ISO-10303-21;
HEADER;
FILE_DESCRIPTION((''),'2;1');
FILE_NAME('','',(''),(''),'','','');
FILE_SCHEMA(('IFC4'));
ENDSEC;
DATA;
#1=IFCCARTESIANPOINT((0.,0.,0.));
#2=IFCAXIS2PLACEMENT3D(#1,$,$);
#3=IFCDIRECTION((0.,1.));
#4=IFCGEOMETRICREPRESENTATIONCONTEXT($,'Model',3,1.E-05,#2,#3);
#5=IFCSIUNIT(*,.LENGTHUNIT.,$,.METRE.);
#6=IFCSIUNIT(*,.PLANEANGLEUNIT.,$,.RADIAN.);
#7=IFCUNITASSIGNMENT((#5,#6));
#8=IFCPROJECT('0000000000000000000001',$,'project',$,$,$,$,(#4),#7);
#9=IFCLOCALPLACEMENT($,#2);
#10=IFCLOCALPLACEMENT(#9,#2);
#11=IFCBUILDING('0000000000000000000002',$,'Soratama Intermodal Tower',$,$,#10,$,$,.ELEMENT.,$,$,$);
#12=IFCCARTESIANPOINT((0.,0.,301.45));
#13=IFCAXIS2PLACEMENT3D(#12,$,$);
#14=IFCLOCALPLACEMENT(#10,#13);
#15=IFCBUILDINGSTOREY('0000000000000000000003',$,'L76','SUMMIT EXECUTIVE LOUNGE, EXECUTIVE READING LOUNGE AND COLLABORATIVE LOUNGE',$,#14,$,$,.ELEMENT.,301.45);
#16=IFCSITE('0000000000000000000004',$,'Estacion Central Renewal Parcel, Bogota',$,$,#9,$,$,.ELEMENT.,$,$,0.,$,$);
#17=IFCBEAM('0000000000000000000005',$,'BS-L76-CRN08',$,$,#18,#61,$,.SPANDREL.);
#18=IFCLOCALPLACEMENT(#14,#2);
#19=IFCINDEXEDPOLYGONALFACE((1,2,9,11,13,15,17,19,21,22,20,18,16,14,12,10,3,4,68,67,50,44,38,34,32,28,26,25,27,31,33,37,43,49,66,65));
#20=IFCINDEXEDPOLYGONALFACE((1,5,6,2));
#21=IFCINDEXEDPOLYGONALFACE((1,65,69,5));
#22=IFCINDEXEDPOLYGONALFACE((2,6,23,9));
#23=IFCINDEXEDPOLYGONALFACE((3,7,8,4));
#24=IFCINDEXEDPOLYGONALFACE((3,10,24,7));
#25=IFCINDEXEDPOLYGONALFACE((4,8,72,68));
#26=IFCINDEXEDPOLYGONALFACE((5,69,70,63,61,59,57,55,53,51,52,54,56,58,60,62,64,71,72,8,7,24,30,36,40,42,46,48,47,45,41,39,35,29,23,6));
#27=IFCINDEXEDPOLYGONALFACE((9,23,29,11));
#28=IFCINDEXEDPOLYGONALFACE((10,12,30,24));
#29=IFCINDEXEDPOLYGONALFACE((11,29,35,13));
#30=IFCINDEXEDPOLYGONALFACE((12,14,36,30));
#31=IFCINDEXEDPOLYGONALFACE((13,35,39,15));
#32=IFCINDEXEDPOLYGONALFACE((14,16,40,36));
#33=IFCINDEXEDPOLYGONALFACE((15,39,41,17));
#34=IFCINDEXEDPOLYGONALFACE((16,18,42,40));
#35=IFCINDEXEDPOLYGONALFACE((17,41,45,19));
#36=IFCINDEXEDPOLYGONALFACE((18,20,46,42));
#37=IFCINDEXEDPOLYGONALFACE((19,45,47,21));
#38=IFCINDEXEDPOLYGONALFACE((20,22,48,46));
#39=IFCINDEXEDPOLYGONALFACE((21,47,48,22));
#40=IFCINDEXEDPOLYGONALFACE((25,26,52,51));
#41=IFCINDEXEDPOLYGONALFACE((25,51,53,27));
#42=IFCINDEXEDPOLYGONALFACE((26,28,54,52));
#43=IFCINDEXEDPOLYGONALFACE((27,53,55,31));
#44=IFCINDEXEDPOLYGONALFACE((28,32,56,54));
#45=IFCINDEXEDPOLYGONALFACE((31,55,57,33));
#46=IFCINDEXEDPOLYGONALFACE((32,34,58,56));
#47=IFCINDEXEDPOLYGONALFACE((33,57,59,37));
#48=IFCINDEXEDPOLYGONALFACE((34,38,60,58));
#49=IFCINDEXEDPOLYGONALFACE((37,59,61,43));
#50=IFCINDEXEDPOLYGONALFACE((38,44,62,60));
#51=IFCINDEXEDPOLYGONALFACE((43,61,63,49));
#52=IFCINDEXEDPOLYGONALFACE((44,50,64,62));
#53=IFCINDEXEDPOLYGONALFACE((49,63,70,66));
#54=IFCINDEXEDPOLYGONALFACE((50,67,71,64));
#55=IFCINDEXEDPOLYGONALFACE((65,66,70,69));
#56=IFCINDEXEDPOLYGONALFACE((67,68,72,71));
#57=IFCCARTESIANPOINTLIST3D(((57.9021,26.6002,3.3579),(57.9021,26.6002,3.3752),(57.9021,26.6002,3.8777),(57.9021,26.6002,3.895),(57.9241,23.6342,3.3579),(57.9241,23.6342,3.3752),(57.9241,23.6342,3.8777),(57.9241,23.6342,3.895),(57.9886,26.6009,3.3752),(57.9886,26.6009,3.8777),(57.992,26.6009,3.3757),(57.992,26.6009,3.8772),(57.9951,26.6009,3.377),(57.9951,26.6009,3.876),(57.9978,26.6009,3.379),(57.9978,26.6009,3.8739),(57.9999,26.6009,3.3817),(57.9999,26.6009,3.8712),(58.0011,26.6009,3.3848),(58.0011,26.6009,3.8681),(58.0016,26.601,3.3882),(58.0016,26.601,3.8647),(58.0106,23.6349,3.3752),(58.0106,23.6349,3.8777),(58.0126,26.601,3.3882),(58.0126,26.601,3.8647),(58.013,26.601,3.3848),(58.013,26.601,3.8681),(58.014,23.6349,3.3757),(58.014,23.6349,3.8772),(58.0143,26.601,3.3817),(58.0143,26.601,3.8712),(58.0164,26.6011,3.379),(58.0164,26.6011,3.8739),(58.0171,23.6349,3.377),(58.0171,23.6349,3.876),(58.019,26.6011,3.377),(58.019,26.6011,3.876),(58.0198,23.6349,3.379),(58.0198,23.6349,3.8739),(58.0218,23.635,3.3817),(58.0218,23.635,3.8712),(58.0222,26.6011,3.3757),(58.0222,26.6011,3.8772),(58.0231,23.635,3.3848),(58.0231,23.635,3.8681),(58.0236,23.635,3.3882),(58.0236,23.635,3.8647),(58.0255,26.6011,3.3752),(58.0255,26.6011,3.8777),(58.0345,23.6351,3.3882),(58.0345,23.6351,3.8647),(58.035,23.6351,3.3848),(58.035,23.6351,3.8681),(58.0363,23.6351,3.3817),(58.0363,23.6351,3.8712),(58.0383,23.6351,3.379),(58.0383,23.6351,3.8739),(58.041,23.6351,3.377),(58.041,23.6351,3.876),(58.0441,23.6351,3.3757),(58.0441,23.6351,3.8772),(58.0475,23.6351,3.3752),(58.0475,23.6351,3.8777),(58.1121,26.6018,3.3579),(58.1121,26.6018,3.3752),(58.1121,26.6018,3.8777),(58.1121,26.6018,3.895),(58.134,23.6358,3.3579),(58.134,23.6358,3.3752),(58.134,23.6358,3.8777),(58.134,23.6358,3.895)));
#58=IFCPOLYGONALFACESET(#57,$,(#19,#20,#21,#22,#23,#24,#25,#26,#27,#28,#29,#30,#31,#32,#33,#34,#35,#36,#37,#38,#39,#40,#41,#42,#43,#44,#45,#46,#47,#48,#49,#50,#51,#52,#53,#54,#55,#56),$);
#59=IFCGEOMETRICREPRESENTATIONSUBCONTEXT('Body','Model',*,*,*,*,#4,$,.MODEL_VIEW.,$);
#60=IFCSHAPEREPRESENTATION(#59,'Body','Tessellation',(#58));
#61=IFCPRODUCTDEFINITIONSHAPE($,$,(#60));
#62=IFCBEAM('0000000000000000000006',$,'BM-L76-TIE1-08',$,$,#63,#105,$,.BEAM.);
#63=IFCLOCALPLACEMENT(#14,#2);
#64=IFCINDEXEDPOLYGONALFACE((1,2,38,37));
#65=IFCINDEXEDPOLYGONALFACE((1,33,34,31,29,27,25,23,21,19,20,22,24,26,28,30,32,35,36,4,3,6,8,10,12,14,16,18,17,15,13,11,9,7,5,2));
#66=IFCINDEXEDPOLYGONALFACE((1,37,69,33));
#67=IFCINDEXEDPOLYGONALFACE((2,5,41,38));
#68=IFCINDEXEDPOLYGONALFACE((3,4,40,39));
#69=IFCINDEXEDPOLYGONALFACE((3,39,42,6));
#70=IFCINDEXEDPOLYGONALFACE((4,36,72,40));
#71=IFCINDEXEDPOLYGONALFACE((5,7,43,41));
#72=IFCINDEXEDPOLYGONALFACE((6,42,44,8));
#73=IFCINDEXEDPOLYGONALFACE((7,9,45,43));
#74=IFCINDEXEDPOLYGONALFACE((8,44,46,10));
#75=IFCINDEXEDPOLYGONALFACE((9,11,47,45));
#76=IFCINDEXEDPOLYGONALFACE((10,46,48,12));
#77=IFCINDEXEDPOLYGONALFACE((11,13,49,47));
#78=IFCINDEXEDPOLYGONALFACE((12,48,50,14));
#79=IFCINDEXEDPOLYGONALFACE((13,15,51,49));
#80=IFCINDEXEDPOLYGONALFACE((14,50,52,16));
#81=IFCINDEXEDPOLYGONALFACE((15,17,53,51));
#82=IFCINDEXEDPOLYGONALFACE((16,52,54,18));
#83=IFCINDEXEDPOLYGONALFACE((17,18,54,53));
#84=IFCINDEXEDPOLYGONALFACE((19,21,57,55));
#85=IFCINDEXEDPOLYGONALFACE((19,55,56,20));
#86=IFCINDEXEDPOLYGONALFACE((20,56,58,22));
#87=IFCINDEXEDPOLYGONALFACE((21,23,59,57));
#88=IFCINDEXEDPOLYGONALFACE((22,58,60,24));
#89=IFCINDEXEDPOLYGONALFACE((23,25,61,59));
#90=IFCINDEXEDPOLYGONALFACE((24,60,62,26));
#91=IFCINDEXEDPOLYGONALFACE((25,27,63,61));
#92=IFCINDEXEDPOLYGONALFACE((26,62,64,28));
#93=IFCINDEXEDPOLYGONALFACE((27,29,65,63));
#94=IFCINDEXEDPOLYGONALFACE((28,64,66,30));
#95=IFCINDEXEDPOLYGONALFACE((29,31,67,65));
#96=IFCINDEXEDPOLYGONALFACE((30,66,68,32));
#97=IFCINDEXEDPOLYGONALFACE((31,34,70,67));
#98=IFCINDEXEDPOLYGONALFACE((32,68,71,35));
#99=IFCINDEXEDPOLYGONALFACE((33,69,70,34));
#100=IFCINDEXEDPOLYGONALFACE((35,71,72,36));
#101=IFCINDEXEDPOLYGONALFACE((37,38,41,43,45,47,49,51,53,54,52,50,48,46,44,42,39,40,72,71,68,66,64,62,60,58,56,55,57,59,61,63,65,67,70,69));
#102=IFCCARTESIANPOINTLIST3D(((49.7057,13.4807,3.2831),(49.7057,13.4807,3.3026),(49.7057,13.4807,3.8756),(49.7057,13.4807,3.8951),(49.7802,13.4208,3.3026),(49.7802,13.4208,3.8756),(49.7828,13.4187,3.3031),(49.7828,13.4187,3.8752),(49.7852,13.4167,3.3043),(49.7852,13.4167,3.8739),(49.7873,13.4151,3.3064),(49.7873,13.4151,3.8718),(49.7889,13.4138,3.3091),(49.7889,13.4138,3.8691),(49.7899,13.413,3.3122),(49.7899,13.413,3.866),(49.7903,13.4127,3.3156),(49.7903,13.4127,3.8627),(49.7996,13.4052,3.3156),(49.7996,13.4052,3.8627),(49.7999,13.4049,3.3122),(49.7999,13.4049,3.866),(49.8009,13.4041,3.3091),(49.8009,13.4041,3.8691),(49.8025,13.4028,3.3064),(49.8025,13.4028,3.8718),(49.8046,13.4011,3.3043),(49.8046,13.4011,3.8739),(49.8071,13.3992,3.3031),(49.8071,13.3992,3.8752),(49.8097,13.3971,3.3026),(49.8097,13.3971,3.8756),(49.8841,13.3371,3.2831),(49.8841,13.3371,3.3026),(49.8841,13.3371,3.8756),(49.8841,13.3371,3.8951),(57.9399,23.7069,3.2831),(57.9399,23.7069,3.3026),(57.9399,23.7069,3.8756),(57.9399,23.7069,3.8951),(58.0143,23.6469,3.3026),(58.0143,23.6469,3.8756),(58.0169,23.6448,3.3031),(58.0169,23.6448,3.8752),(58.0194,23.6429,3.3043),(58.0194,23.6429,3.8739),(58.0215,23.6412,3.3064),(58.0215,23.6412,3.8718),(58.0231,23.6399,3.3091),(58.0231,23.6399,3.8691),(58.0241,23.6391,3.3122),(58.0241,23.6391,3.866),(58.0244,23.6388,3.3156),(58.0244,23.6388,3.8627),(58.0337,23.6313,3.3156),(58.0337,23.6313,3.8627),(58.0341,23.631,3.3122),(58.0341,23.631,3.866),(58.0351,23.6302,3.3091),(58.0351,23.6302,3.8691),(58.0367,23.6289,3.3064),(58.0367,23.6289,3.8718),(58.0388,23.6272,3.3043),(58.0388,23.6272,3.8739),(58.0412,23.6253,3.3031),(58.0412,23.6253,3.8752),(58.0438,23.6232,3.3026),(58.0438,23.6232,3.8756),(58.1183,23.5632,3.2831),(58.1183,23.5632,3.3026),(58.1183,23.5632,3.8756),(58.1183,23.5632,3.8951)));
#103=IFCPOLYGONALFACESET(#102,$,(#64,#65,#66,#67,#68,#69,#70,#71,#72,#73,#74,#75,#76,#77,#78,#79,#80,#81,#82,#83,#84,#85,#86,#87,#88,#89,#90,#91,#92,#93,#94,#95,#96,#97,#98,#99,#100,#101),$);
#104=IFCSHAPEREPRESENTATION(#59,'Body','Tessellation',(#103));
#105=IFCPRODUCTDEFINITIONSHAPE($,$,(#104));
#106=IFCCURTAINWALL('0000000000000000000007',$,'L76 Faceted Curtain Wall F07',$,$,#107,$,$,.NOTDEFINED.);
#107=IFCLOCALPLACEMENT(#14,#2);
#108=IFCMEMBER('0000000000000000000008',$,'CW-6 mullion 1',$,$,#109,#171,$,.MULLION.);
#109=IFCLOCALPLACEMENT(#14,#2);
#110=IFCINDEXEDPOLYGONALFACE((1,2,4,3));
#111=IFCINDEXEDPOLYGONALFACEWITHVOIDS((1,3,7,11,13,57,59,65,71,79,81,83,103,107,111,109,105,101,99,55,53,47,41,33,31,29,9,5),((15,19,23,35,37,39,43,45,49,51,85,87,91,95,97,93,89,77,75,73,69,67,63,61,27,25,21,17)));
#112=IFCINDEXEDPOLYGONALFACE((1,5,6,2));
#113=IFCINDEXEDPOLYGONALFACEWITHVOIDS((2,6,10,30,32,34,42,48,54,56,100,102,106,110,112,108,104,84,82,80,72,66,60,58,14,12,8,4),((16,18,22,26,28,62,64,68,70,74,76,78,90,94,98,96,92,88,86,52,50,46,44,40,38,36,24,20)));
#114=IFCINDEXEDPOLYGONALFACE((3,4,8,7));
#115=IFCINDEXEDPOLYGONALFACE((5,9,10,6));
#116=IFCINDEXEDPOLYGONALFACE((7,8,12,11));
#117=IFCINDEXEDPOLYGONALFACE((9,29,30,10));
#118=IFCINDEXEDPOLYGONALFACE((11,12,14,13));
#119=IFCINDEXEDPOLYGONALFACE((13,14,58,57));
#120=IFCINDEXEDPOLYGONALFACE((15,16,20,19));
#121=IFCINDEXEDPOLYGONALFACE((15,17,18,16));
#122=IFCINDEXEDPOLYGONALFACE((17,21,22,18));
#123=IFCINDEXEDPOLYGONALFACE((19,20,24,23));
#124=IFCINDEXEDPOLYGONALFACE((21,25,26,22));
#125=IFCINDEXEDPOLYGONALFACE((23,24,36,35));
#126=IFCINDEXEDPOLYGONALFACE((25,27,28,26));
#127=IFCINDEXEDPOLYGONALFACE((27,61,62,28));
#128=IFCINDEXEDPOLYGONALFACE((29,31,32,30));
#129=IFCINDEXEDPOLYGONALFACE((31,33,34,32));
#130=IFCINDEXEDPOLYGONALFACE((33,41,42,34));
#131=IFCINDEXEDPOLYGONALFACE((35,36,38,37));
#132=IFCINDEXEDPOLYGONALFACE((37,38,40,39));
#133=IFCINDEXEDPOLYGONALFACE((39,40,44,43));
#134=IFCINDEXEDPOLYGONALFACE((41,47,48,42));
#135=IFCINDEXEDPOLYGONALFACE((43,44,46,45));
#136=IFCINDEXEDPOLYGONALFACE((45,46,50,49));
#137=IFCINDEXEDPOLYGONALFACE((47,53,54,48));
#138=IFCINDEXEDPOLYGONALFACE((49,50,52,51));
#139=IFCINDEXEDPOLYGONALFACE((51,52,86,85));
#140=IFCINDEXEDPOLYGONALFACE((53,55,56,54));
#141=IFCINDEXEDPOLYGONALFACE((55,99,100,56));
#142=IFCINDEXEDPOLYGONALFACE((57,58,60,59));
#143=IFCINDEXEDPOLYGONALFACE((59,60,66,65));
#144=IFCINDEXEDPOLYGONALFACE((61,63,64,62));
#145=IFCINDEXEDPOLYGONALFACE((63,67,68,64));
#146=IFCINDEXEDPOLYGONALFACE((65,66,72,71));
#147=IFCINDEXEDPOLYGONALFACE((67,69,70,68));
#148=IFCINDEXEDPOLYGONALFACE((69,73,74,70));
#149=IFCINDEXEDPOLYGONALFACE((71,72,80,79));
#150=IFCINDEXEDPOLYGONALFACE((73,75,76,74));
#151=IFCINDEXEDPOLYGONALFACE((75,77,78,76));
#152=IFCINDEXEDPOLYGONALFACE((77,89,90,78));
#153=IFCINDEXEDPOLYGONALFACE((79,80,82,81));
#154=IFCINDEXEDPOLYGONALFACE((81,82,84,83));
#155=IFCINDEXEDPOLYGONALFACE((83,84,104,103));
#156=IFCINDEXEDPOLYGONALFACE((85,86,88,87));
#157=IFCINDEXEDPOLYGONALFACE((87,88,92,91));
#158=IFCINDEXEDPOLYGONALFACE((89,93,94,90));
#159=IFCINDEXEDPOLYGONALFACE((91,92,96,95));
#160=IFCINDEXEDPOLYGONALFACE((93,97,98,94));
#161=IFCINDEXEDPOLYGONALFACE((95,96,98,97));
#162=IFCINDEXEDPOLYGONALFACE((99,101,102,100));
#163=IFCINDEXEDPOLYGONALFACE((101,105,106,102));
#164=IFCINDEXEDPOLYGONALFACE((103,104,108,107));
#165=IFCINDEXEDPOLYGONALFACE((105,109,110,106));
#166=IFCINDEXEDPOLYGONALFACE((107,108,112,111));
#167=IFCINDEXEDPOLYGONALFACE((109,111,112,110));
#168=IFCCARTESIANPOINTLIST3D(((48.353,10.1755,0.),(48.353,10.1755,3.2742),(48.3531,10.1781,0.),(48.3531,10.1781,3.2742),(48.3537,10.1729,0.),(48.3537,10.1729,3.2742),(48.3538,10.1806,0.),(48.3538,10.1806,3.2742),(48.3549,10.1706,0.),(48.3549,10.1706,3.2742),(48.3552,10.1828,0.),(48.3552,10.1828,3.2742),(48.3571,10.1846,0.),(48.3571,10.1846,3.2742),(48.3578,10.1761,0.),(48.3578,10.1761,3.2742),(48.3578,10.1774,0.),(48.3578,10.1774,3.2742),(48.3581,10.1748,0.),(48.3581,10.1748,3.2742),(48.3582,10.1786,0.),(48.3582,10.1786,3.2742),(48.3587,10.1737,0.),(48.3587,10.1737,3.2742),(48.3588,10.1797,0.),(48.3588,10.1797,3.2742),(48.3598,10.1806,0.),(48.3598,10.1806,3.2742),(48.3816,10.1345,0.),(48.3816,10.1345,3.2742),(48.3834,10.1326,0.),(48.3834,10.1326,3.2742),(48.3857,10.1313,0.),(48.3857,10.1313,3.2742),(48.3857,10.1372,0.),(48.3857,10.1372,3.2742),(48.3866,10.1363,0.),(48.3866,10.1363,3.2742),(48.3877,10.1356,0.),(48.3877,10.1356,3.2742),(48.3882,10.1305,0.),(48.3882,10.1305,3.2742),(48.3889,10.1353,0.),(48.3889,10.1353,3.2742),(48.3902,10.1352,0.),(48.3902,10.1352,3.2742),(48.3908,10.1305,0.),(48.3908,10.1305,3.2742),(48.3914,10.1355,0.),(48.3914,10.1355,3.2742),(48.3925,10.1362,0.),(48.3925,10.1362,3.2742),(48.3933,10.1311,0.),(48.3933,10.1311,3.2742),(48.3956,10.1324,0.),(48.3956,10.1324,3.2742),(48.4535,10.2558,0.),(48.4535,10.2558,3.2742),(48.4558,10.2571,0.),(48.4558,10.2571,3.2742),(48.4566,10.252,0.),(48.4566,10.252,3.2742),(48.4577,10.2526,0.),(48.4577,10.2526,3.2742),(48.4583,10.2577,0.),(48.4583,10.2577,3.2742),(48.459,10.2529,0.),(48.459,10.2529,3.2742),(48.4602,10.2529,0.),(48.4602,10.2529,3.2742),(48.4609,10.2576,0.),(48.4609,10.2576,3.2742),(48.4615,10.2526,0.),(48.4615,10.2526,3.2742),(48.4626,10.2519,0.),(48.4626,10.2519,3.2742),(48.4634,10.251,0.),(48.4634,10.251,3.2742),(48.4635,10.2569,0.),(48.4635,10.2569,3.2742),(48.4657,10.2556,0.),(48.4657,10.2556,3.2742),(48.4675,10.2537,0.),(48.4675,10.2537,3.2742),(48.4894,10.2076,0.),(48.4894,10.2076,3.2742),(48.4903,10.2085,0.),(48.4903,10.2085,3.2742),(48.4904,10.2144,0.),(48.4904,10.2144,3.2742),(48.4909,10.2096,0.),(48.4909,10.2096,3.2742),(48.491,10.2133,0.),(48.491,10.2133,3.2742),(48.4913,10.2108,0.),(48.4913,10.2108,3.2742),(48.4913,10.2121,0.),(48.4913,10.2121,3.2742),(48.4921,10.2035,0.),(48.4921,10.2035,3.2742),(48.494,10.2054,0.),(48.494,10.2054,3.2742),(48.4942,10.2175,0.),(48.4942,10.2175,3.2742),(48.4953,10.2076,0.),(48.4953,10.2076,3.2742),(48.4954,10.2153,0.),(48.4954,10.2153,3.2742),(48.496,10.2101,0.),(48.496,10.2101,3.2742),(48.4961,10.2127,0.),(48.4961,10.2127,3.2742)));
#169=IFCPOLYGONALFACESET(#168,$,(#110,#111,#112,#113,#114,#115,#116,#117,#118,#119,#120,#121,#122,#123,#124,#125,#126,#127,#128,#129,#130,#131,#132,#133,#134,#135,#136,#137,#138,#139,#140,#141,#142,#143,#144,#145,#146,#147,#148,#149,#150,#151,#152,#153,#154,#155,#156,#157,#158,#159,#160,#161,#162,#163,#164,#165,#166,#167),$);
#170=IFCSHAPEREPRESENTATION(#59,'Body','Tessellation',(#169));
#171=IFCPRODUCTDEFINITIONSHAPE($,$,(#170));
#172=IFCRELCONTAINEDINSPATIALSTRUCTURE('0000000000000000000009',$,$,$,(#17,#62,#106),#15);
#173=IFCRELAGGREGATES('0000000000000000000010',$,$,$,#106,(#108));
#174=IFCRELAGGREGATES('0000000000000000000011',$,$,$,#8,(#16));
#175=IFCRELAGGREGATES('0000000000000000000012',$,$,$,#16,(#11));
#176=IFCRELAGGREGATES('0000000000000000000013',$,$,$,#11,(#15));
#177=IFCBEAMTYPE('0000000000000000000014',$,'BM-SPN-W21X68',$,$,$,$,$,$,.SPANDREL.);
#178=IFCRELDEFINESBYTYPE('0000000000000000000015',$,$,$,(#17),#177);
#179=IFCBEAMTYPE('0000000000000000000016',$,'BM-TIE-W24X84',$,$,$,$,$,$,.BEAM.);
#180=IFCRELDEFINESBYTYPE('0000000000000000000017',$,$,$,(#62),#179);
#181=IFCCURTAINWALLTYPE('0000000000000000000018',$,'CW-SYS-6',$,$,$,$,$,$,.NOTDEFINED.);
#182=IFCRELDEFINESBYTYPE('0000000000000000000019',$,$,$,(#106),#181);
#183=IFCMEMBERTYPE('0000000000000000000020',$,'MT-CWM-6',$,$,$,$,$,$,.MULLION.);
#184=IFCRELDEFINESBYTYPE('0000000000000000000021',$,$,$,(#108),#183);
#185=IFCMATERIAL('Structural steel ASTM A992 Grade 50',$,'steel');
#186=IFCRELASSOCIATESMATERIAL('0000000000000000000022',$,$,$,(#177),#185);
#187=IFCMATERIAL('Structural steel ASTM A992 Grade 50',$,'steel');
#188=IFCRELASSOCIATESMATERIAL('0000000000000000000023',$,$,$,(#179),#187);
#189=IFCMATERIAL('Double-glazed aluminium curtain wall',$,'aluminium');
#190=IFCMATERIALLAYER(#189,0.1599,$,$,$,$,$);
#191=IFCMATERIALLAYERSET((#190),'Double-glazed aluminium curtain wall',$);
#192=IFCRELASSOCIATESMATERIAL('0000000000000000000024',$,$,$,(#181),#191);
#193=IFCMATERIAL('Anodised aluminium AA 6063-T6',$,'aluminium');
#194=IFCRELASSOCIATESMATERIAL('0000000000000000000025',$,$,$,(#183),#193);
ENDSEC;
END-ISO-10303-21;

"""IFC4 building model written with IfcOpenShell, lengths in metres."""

from ifc_helpers import new_model, si_unit, direction, frame, origin, origin_2d, place, context, subcontext, project, spatial, hollow_rectangle, i_section, extrude, material, layer, layer_set, material_profile, profile_set, type_object, element, aggregate, save


model = new_model("IFC4")

# Units and contexts
model_context = context("Model", 3, precision=1e-05, world=origin(), true_north=direction((0.0, 1.0)))
body_context = subcontext(model_context, "Body", "Model", "MODEL_VIEW")
ifc_project = project(units=[si_unit("LENGTHUNIT", "METRE"), si_unit("PLANEANGLEUNIT", "RADIAN")], contexts=[model_context])

# Site, building, storey
site_placement = place(None, origin())
site = spatial("IfcSite", under=ifc_project, at=site_placement, Name="Estacion Central Renewal Parcel, Bogota", CompositionType="ELEMENT", RefElevation=0.0)
building_placement = place(site_placement, origin())
building = spatial("IfcBuilding", under=site, at=building_placement, Name="Soratama Intermodal Tower", CompositionType="ELEMENT")
storey_placement = place(building_placement, frame((0.0, 0.0, 301.45)))
storey = spatial("IfcBuildingStorey", under=building, at=storey_placement, Name="L76", Description="SUMMIT EXECUTIVE LOUNGE, EXECUTIVE READING LOUNGE AND COLLABORATIVE LOUNGE", CompositionType="ELEMENT", Elevation=301.45)

# Beams
ifc_material_1 = material(Name="Structural steel ASTM A992 Grade 50", Category="steel")
ifc_material_profile_1 = material_profile(ifc_material_1, i_section(OverallWidth=0.21, OverallDepth=0.5371, WebThickness=0.011, FlangeThickness=0.0173, FilletRadius=0.0129, at=origin_2d()), Name="W21X68")
ifc_profile_set_1 = profile_set([ifc_material_profile_1], Name="Structural steel ASTM A992 Grade 50")
beam_type_1 = type_object("IfcBeamType", Name="BM-SPN-W21X68", PredefinedType="SPANDREL", material=ifc_profile_set_1)
beam_1_placement = place(storey_placement, frame((58.0291, 23.635, 3.6265), z_axis=(-0.007408, 0.999973, 0.0), x_axis=(-0.999973, -0.007408, 0.0)))
element("IfcBeam", 1, at=beam_1_placement, inside=storey, type_object=beam_type_1, Name="BS-L76-CRN08", PredefinedType="SPANDREL", context=body_context, shape_type="SweptSolid", body=[
    extrude(i_section(OverallWidth=0.21, OverallDepth=0.5371, WebThickness=0.011, FlangeThickness=0.0173, FilletRadius=0.0129, at=origin_2d()), origin(), (0.0, 0.0, 1.0), 2.9661),
])
ifc_material_2 = material(Name="Structural steel ASTM A992 Grade 50", Category="steel")
ifc_material_profile_2 = material_profile(ifc_material_2, i_section(OverallWidth=0.229, OverallDepth=0.6121, WebThickness=0.012, FlangeThickness=0.0195, FilletRadius=0.0129, at=origin_2d()), Name="W24X84")
ifc_profile_set_2 = profile_set([ifc_material_profile_2], Name="Structural steel ASTM A992 Grade 50")
beam_type_2 = type_object("IfcBeamType", Name="BM-TIE-W24X84", PredefinedType="BEAM", material=ifc_profile_set_2)
beam_2_placement = place(storey_placement, frame((49.7949, 13.4089, 3.5891), z_axis=(0.627166, 0.778886, 0.0), x_axis=(-0.778886, 0.627166, 0.0)))
element("IfcBeam", 2, at=beam_2_placement, inside=storey, type_object=beam_type_2, Name="BM-L76-TIE1-08", PredefinedType="BEAM", context=body_context, shape_type="SweptSolid", body=[
    extrude(i_section(OverallWidth=0.229, OverallDepth=0.6121, WebThickness=0.012, FlangeThickness=0.0195, FilletRadius=0.0129, at=origin_2d()), origin(), (0.0, 0.0, 1.0), 13.1292),
])

# Curtain wall, member
ifc_material_3 = material(Name="Double-glazed aluminium curtain wall", Category="aluminium")
ifc_layer_1 = layer(ifc_material_3, 0.1599)
ifc_layer_set_1 = layer_set([ifc_layer_1], Name="Double-glazed aluminium curtain wall")
curtain_wall_type = type_object("IfcCurtainWallType", Name="CW-SYS-6", PredefinedType="NOTDEFINED", material=ifc_layer_set_1)
curtain_wall_1_placement = place(storey_placement, origin())
curtain_wall_1 = element("IfcCurtainWall", 3, at=curtain_wall_1_placement, inside=storey, type_object=curtain_wall_type, Name="L76 Faceted Curtain Wall F07", PredefinedType="NOTDEFINED")
ifc_material_4 = material(Name="Anodised aluminium AA 6063-T6", Category="aluminium")
ifc_material_profile_3 = material_profile(ifc_material_4, hollow_rectangle(XDim=0.0649, YDim=0.1399, WallThickness=0.0049, InnerFilletRadius=0.0049, OuterFilletRadius=0.01, at=origin_2d()), Name="CWM140X65X5")
ifc_profile_set_3 = profile_set([ifc_material_profile_3], Name="Anodised aluminium AA 6063-T6")
member_type_1 = type_object("IfcMemberType", Name="MT-CWM-6", PredefinedType="MULLION", material=ifc_profile_set_3)
member_1_placement = place(storey_placement, frame((48.4246, 10.1941, 0.0), z_axis=(0.0, 0.0, 1.0), x_axis=(-0.593705, 0.804683, 0.0)))
member_1 = element("IfcMember", 4, at=member_1_placement, type_object=member_type_1, Name="CW-6 mullion 1", PredefinedType="MULLION", context=body_context, shape_type="SweptSolid", body=[
    extrude(hollow_rectangle(XDim=0.0649, YDim=0.1399, WallThickness=0.0049, InnerFilletRadius=0.0049, OuterFilletRadius=0.01, at=origin_2d()), origin(), (0.0, 0.0, 1.0), 3.2742),
])

aggregate(curtain_wall_1, [member_1])

save(model, "model.ifc")
